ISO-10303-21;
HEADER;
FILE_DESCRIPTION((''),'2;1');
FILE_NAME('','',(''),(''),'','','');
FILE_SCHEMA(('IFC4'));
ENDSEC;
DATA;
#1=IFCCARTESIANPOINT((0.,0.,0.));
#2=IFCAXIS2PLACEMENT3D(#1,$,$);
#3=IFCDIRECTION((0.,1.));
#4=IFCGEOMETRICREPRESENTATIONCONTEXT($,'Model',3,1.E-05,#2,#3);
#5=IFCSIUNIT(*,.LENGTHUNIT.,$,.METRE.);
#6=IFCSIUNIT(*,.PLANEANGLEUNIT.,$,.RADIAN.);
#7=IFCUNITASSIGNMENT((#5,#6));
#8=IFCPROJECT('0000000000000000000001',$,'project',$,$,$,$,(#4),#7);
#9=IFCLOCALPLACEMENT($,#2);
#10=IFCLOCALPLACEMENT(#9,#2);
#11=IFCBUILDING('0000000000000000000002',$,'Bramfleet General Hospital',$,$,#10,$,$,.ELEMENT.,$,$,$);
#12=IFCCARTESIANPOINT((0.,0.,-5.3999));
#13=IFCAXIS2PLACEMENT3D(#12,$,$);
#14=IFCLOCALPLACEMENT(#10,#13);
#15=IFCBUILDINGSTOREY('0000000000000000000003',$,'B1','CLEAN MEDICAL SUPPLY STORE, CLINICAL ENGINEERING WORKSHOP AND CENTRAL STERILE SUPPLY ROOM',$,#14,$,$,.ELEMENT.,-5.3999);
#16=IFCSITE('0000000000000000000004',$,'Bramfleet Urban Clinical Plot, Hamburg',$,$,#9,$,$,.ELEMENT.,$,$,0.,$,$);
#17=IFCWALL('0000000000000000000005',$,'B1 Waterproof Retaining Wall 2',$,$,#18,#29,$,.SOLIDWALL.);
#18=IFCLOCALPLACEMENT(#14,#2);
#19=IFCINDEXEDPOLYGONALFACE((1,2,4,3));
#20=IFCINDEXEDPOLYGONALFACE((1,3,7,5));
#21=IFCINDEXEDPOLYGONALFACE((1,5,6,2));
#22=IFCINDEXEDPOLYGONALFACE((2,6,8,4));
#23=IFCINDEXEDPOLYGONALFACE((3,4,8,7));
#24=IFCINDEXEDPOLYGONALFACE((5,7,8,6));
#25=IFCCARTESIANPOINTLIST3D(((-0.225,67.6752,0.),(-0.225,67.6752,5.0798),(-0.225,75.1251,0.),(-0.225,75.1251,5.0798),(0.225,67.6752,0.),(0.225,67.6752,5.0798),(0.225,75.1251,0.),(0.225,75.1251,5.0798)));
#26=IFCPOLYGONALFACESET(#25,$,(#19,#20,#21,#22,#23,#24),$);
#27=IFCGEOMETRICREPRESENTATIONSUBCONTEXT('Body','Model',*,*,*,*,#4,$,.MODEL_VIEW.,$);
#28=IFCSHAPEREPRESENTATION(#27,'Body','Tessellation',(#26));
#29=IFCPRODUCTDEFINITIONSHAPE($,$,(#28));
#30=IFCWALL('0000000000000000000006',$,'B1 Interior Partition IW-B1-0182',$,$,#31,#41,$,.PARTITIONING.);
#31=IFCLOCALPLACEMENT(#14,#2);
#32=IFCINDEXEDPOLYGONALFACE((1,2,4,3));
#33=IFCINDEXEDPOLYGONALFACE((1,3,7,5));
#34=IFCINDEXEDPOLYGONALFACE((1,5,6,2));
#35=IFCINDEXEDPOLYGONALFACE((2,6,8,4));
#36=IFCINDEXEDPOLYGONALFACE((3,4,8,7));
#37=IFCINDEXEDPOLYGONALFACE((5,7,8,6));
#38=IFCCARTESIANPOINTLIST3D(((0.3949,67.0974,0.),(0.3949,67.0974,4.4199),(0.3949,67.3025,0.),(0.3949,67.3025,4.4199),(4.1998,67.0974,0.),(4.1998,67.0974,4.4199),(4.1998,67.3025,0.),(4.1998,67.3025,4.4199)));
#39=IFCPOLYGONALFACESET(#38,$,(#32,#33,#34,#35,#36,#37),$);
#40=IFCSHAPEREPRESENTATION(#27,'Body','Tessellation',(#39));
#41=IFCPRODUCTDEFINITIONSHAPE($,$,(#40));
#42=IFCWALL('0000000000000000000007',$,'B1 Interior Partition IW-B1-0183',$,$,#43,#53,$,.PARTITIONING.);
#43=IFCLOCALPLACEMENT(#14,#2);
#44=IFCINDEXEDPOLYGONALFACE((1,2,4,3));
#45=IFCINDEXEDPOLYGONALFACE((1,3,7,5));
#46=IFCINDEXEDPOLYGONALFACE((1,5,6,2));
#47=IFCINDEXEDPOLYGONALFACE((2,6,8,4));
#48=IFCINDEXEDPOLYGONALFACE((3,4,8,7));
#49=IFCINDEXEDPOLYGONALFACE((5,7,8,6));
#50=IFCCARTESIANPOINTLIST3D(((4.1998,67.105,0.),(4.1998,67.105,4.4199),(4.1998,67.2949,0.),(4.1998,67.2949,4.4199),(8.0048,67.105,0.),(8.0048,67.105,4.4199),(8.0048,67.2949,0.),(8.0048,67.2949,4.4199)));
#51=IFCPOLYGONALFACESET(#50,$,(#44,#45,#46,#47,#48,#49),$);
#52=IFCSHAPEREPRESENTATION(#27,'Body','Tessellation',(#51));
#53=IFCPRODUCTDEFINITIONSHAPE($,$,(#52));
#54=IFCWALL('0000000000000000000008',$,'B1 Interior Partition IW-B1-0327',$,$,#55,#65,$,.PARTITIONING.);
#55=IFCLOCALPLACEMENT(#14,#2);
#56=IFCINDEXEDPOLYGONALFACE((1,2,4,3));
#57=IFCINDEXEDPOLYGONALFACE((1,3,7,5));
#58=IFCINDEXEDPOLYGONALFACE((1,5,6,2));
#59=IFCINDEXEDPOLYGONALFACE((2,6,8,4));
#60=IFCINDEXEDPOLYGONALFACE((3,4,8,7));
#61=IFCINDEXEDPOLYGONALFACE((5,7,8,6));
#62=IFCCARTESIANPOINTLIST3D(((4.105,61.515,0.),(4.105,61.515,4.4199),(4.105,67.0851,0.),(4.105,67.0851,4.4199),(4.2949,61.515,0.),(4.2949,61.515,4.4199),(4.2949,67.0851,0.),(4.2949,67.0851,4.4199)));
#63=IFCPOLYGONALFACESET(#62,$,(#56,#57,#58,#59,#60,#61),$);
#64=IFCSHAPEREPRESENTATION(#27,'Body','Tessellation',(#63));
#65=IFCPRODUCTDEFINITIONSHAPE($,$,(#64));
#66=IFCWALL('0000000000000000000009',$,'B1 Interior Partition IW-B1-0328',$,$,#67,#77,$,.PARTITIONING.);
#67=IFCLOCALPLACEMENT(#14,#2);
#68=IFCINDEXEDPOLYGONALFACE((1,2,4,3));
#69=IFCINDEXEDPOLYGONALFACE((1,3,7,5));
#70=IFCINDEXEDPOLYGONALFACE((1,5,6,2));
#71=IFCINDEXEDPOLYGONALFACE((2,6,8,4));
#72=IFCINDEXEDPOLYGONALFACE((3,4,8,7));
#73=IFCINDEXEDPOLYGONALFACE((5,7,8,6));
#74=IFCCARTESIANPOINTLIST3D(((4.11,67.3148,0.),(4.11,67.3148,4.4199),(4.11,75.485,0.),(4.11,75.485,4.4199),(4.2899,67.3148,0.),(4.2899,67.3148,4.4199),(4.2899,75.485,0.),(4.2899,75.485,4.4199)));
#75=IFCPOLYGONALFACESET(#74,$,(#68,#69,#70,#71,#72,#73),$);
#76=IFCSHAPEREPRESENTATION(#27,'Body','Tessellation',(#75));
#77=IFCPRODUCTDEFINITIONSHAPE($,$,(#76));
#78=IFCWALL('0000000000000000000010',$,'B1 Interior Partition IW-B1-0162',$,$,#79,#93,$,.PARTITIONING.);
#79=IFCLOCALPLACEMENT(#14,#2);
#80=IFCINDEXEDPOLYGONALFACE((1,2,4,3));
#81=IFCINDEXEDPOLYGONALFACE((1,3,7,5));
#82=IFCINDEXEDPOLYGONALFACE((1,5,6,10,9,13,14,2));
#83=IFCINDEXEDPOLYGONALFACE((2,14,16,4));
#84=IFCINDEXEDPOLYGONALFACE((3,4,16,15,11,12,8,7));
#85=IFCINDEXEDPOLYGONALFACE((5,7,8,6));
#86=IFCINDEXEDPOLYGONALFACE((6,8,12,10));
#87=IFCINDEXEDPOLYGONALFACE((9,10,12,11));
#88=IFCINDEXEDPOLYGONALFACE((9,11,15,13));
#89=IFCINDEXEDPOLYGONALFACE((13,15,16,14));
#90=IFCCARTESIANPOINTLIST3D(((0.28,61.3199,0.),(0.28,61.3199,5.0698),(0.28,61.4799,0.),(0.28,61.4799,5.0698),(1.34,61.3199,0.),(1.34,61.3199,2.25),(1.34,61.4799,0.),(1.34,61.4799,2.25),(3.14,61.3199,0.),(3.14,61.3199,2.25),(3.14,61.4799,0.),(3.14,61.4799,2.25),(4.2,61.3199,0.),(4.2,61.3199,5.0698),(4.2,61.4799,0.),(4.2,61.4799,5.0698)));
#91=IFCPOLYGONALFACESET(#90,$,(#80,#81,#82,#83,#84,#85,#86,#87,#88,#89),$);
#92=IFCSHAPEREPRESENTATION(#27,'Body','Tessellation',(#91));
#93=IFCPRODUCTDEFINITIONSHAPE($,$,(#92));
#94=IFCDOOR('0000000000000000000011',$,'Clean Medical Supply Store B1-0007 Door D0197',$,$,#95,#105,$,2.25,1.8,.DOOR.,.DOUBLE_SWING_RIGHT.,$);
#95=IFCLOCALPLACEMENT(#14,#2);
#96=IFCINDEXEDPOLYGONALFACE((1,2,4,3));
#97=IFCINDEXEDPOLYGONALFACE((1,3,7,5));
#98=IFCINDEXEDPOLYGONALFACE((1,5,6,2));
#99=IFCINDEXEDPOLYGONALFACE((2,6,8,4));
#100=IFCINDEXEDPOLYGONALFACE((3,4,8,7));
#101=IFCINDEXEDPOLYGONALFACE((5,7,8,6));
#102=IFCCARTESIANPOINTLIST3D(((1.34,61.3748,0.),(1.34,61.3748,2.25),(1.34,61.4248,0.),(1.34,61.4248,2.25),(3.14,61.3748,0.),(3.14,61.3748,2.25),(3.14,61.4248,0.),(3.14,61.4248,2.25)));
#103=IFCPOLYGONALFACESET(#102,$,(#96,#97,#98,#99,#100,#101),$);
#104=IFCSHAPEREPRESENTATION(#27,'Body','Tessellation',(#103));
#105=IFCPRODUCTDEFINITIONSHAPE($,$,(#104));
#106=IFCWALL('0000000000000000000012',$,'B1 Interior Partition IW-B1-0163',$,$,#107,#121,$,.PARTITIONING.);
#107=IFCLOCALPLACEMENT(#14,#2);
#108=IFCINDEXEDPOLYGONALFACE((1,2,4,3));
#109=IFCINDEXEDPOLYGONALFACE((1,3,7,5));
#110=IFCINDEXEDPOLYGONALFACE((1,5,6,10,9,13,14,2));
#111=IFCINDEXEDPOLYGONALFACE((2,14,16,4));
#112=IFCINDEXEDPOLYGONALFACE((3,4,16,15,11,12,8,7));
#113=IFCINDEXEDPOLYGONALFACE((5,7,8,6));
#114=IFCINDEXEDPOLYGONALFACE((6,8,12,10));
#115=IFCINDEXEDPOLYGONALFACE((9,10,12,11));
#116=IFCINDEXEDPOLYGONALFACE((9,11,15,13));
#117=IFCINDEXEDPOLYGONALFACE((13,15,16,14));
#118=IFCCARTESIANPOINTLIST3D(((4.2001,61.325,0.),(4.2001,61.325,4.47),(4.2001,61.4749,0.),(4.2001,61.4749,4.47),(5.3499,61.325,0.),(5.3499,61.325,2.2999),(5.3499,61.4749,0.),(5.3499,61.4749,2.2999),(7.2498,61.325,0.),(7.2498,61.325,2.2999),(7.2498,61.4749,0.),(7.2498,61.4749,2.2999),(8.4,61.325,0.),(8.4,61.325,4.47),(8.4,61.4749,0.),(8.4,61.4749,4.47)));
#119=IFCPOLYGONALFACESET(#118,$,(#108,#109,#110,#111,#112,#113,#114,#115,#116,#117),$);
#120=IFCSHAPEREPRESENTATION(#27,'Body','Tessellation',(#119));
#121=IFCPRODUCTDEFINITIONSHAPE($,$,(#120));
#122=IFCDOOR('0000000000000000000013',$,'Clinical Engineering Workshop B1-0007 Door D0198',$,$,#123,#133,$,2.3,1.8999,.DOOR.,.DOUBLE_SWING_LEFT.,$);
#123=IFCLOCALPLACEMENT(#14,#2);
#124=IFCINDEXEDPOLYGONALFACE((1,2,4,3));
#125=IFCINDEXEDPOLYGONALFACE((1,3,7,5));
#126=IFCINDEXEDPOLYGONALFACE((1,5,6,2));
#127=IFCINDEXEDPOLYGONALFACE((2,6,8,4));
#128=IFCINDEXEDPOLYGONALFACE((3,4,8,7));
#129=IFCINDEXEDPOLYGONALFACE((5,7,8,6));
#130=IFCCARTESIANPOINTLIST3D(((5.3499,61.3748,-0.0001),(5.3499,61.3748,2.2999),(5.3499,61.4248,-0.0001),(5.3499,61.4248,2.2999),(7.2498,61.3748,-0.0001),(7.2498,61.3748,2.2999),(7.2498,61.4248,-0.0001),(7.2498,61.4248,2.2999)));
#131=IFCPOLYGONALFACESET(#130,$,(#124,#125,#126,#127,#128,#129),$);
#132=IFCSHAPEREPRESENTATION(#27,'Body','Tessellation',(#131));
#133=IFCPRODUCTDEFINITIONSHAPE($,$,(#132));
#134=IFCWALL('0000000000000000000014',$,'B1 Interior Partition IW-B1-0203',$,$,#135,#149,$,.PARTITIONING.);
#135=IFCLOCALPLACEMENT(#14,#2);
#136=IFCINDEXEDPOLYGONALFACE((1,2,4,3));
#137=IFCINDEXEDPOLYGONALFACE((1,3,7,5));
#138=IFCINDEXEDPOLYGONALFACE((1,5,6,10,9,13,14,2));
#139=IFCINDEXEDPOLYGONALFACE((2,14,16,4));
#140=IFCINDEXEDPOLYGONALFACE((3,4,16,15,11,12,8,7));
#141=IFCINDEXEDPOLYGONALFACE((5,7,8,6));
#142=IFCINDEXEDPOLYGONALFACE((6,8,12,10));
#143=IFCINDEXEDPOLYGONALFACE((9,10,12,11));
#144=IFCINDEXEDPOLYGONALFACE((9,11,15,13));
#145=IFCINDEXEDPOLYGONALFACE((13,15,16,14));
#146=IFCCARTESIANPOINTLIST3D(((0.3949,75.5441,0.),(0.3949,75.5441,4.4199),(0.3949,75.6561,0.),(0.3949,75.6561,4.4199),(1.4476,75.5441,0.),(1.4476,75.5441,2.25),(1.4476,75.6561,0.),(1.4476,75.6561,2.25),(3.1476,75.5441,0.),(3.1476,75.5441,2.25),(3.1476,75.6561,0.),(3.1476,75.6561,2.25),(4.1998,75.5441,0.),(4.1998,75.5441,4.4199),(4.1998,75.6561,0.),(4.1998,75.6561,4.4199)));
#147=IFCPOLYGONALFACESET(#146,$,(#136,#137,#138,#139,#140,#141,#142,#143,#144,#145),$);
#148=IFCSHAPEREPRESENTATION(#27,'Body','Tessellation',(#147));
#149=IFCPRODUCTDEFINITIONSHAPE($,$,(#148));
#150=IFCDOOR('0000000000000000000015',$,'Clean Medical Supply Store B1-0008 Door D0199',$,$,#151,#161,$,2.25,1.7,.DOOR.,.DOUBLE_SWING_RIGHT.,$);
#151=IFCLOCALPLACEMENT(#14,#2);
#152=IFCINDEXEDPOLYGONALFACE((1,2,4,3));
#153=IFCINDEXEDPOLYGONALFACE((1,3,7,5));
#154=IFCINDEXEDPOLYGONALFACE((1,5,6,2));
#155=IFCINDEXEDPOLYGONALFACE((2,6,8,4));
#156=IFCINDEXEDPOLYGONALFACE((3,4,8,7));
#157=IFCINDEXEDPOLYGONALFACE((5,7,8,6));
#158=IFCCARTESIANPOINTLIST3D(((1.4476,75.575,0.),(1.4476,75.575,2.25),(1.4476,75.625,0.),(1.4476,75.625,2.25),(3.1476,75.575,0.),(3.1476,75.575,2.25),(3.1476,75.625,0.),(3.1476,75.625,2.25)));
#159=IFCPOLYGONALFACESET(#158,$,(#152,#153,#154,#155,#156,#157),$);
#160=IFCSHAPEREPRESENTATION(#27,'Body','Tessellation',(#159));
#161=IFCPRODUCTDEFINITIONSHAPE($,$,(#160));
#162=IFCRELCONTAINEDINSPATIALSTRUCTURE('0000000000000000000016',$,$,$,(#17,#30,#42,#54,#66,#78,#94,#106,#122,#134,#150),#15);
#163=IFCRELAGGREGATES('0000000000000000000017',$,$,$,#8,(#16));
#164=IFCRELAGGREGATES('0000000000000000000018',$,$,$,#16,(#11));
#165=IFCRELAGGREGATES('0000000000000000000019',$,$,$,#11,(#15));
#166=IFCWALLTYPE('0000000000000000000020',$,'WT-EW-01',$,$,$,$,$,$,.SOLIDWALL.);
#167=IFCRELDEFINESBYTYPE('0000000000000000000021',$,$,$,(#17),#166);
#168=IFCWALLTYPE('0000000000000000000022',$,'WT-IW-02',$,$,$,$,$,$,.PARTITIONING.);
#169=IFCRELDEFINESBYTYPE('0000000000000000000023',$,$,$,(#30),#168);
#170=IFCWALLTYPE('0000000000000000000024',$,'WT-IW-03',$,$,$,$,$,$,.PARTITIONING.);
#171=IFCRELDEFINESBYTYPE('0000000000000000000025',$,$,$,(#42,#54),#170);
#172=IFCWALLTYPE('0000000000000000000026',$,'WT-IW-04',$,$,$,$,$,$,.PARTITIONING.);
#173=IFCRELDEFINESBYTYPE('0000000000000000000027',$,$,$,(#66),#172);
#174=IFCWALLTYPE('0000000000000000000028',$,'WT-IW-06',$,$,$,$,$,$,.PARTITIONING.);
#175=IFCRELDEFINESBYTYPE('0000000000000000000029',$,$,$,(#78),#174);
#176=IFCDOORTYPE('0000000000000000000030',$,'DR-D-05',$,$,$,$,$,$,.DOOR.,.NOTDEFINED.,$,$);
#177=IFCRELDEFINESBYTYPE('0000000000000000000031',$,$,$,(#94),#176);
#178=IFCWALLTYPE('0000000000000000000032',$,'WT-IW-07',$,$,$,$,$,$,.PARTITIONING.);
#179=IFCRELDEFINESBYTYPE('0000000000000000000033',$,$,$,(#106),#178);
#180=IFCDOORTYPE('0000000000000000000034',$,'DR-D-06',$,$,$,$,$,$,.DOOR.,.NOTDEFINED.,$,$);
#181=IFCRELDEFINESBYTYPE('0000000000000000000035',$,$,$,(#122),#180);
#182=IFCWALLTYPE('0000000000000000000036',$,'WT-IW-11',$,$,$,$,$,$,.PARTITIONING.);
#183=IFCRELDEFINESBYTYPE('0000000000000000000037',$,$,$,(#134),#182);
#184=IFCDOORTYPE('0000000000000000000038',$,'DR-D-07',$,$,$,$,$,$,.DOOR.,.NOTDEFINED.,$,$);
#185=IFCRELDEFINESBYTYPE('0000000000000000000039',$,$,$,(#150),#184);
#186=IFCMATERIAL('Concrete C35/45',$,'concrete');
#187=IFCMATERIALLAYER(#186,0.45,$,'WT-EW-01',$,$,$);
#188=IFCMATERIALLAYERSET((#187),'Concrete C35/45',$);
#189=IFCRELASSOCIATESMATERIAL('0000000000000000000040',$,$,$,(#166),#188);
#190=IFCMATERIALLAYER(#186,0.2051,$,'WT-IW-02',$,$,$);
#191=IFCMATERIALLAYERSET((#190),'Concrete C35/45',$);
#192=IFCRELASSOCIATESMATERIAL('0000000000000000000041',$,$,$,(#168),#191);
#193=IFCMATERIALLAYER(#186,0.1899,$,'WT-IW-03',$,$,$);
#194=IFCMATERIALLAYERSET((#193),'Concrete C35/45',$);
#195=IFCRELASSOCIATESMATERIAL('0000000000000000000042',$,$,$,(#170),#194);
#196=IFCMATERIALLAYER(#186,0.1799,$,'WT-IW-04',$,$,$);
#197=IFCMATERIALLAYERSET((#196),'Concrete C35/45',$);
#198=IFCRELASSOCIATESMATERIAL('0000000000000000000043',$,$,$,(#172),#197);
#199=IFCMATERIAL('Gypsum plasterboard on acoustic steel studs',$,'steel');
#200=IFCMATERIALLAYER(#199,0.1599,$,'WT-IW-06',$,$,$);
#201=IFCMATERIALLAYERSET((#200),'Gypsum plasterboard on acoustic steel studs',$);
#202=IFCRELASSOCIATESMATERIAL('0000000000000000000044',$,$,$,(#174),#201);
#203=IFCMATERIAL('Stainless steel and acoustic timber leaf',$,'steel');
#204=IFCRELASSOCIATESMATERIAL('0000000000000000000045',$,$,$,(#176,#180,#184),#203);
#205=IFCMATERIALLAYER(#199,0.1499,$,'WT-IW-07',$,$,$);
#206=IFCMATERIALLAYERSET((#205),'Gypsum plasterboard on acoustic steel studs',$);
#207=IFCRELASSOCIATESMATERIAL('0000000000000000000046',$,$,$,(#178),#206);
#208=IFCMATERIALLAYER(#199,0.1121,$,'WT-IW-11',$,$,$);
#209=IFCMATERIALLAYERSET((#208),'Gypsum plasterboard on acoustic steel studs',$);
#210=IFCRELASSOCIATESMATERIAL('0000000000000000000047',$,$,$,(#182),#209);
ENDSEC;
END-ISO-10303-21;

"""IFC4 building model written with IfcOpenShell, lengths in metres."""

from ifc_helpers import new_model, si_unit, direction, frame, frame_2d, origin, place, context, subcontext, project, spatial, rectangle, extrude, material, layer, layer_set, type_object, element, fill, save


model = new_model("IFC4")

# Units and contexts
model_context = context("Model", 3, precision=1e-05, world=origin(), true_north=direction((0.0, 1.0)))
body_context = subcontext(model_context, "Body", "Model", "MODEL_VIEW")
ifc_project = project(units=[si_unit("LENGTHUNIT", "METRE"), si_unit("PLANEANGLEUNIT", "RADIAN")], contexts=[model_context])

# Site, building, storey
site_placement = place(None, origin())
site = spatial("IfcSite", under=ifc_project, at=site_placement, Name="Bramfleet Urban Clinical Plot, Hamburg", CompositionType="ELEMENT", RefElevation=0.0)
building_placement = place(site_placement, origin())
building = spatial("IfcBuilding", under=site, at=building_placement, Name="Bramfleet General Hospital", CompositionType="ELEMENT")
storey_placement = place(building_placement, frame((0.0, 0.0, -5.3999)))
storey = spatial("IfcBuildingStorey", under=building, at=storey_placement, Name="B1", Description="CLEAN MEDICAL SUPPLY STORE, CLINICAL ENGINEERING WORKSHOP AND CENTRAL STERILE SUPPLY ROOM", CompositionType="ELEMENT", Elevation=-5.3999)

# Shared definitions
ifc_material_1 = material(Name="Concrete C35/45", Category="concrete")

# Walls
ifc_layer_1 = layer(ifc_material_1, 0.45, Name="WT-EW-01")
ifc_layer_set_1 = layer_set([ifc_layer_1], Name="Concrete C35/45")
wall_type_1 = type_object("IfcWallType", Name="WT-EW-01", PredefinedType="SOLIDWALL", material=ifc_layer_set_1)
wall_1_placement = place(storey_placement, frame((0.0, 67.675, 0.0), z_axis=(0.0, 0.0, 1.0), x_axis=(0.0, 1.0, 0.0)))
element("IfcWall", 1, at=wall_1_placement, inside=storey, type_object=wall_type_1, Name="B1 Waterproof Retaining Wall 2", PredefinedType="SOLIDWALL", context=body_context, shape_type="SweptSolid", body=[
    extrude(rectangle(XDim=7.45, YDim=0.45, at=frame_2d((3.7251, 0.0))), origin(), (0.0, 0.0, 1.0), 5.0798),
])
ifc_layer_2 = layer(ifc_material_1, 0.2051, Name="WT-IW-02")
ifc_layer_set_2 = layer_set([ifc_layer_2], Name="Concrete C35/45")
wall_type_2 = type_object("IfcWallType", Name="WT-IW-02", PredefinedType="PARTITIONING", material=ifc_layer_set_2)
wall_2_placement = place(storey_placement, frame((0.395, 67.2, 0.0), z_axis=(0.0, 0.0, 1.0), x_axis=(1.0, 0.0, 0.0)))
element("IfcWall", 2, at=wall_2_placement, inside=storey, type_object=wall_type_2, Name="B1 Interior Partition IW-B1-0182", PredefinedType="PARTITIONING", context=body_context, shape_type="SweptSolid", body=[
    extrude(rectangle(XDim=3.8049, YDim=0.2051, at=frame_2d((1.9023, 0.0))), origin(), (0.0, 0.0, 1.0), 4.4199),
])
ifc_layer_3 = layer(ifc_material_1, 0.1899, Name="WT-IW-03")
ifc_layer_set_3 = layer_set([ifc_layer_3], Name="Concrete C35/45")
wall_type_3 = type_object("IfcWallType", Name="WT-IW-03", PredefinedType="PARTITIONING", material=ifc_layer_set_3)
wall_3_placement = place(storey_placement, frame((4.2, 67.2, 0.0), z_axis=(0.0, 0.0, 1.0), x_axis=(1.0, 0.0, 0.0)))
element("IfcWall", 3, at=wall_3_placement, inside=storey, type_object=wall_type_3, Name="B1 Interior Partition IW-B1-0183", PredefinedType="PARTITIONING", context=body_context, shape_type="SweptSolid", body=[
    extrude(rectangle(XDim=3.8049, YDim=0.1899, at=frame_2d((1.9023, 0.0))), origin(), (0.0, 0.0, 1.0), 4.4199),
])
wall_4_placement = place(storey_placement, frame((4.2, 61.5149, 0.0), z_axis=(0.0, 0.0, 1.0), x_axis=(0.0, 1.0, 0.0)))
element("IfcWall", 4, at=wall_4_placement, inside=storey, type_object=wall_type_3, Name="B1 Interior Partition IW-B1-0327", PredefinedType="PARTITIONING", context=body_context, shape_type="SweptSolid", body=[
    extrude(rectangle(XDim=5.5701, YDim=0.1899, at=frame_2d((2.7852, 0.0))), origin(), (0.0, 0.0, 1.0), 4.4199),
])
ifc_layer_4 = layer(ifc_material_1, 0.1799, Name="WT-IW-04")
ifc_layer_set_4 = layer_set([ifc_layer_4], Name="Concrete C35/45")
wall_type_4 = type_object("IfcWallType", Name="WT-IW-04", PredefinedType="PARTITIONING", material=ifc_layer_set_4)
wall_5_placement = place(storey_placement, frame((4.2, 67.3149, 0.0), z_axis=(0.0, 0.0, 1.0), x_axis=(0.0, 1.0, 0.0)))
element("IfcWall", 5, at=wall_5_placement, inside=storey, type_object=wall_type_4, Name="B1 Interior Partition IW-B1-0328", PredefinedType="PARTITIONING", context=body_context, shape_type="SweptSolid", body=[
    extrude(rectangle(XDim=8.1702, YDim=0.1799, at=frame_2d((4.085, 0.0))), origin(), (0.0, 0.0, 1.0), 4.4199),
])

# Walls, openings, doors
ifc_material_2 = material(Name="Gypsum plasterboard on acoustic steel studs", Category="steel")
ifc_layer_5 = layer(ifc_material_2, 0.1599, Name="WT-IW-06")
ifc_layer_set_5 = layer_set([ifc_layer_5], Name="Gypsum plasterboard on acoustic steel studs")
wall_type_5 = type_object("IfcWallType", Name="WT-IW-06", PredefinedType="PARTITIONING", material=ifc_layer_set_5)
wall_6_placement = place(storey_placement, frame((0.28, 61.3999, 0.0), z_axis=(0.0, 0.0, 1.0), x_axis=(1.0, 0.0, 0.0)))
wall_6 = element("IfcWall", 6, at=wall_6_placement, inside=storey, type_object=wall_type_5, Name="B1 Interior Partition IW-B1-0162", PredefinedType="PARTITIONING", context=body_context, shape_type="SweptSolid", body=[
    extrude(rectangle(XDim=3.9199, YDim=0.1599, at=frame_2d((1.96, 0.0))), origin(), (0.0, 0.0, 1.0), 5.0698),
])
opening_1_placement = place(wall_6_placement, frame((1.0601, 0.0, 0.0)))
opening_1 = element("IfcOpeningElement", 7, at=opening_1_placement, cuts=wall_6, PredefinedType="OPENING", context=body_context, shape_type="SweptSolid", body=[
    extrude(rectangle(XDim=1.8, YDim=2.25, at=frame_2d((0.8999, 1.125))), frame((0.0, 0.0898, 0.0), z_axis=(0.0, -1.0, 0.0), x_axis=(1.0, 0.0, 0.0)), (0.0, 0.0, 1.0), 0.1799),
])
ifc_material_3 = material(Name="Stainless steel and acoustic timber leaf", Category="steel")
door_type_1 = type_object("IfcDoorType", Name="DR-D-05", OperationType="NOTDEFINED", PredefinedType="DOOR", material=ifc_material_3)
door_1_placement = place(opening_1_placement, origin())
door_1 = element("IfcDoor", 8, at=door_1_placement, inside=storey, type_object=door_type_1, Name="Clean Medical Supply Store B1-0007 Door D0197", OperationType="DOUBLE_SWING_RIGHT", OverallHeight=2.25, OverallWidth=1.8, PredefinedType="DOOR", context=body_context, shape_type="SweptSolid", body=[
    extrude(rectangle(XDim=1.8, YDim=2.25, at=frame_2d((0.8999, 1.125))), frame((0.0, 0.0249, 0.0), z_axis=(0.0, -1.0, 0.0), x_axis=(1.0, 0.0, 0.0)), (0.0, 0.0, 1.0), 0.05),
])
fill(opening_1, door_1)
ifc_layer_6 = layer(ifc_material_2, 0.1499, Name="WT-IW-07")
ifc_layer_set_6 = layer_set([ifc_layer_6], Name="Gypsum plasterboard on acoustic steel studs")
wall_type_6 = type_object("IfcWallType", Name="WT-IW-07", PredefinedType="PARTITIONING", material=ifc_layer_set_6)
wall_7_placement = place(storey_placement, frame((4.2, 61.3999, 0.0), z_axis=(0.0, 0.0, 1.0), x_axis=(1.0, 0.0, 0.0)))
wall_7 = element("IfcWall", 9, at=wall_7_placement, inside=storey, type_object=wall_type_6, Name="B1 Interior Partition IW-B1-0163", PredefinedType="PARTITIONING", context=body_context, shape_type="SweptSolid", body=[
    extrude(rectangle(XDim=4.2, YDim=0.1499, at=frame_2d((2.1001, 0.0))), origin(), (0.0, 0.0, 1.0), 4.47),
])
opening_2_placement = place(wall_7_placement, frame((1.1499, 0.0, 0.0)))
opening_2 = element("IfcOpeningElement", 10, at=opening_2_placement, cuts=wall_7, PredefinedType="OPENING", context=body_context, shape_type="SweptSolid", body=[
    extrude(rectangle(XDim=1.8999, YDim=2.3, at=frame_2d((0.95, 1.1499))), frame((0.0, 0.085, 0.0), z_axis=(0.0, -1.0, 0.0), x_axis=(1.0, 0.0, 0.0)), (0.0, 0.0, 1.0), 0.1699),
])
door_type_2 = type_object("IfcDoorType", Name="DR-D-06", OperationType="NOTDEFINED", PredefinedType="DOOR", material=ifc_material_3)
door_2_placement = place(opening_2_placement, origin())
door_2 = element("IfcDoor", 11, at=door_2_placement, inside=storey, type_object=door_type_2, Name="Clinical Engineering Workshop B1-0007 Door D0198", OperationType="DOUBLE_SWING_LEFT", OverallHeight=2.3, OverallWidth=1.8999, PredefinedType="DOOR", context=body_context, shape_type="SweptSolid", body=[
    extrude(rectangle(XDim=1.8999, YDim=2.3, at=frame_2d((0.95, 1.1499))), frame((0.0, 0.0249, 0.0), z_axis=(0.0, -1.0, 0.0), x_axis=(1.0, 0.0, 0.0)), (0.0, 0.0, 1.0), 0.05),
])
fill(opening_2, door_2)
ifc_layer_7 = layer(ifc_material_2, 0.1121, Name="WT-IW-11")
ifc_layer_set_7 = layer_set([ifc_layer_7], Name="Gypsum plasterboard on acoustic steel studs")
wall_type_7 = type_object("IfcWallType", Name="WT-IW-11", PredefinedType="PARTITIONING", material=ifc_layer_set_7)
wall_8_placement = place(storey_placement, frame((0.395, 75.6001, 0.0), z_axis=(0.0, 0.0, 1.0), x_axis=(1.0, 0.0, 0.0)))
wall_8 = element("IfcWall", 12, at=wall_8_placement, inside=storey, type_object=wall_type_7, Name="B1 Interior Partition IW-B1-0203", PredefinedType="PARTITIONING", context=body_context, shape_type="SweptSolid", body=[
    extrude(rectangle(XDim=3.8049, YDim=0.1121, at=frame_2d((1.9023, 0.0))), origin(), (0.0, 0.0, 1.0), 4.4199),
])
opening_3_placement = place(wall_8_placement, frame((1.0525, 0.0, 0.0)))
opening_3 = element("IfcOpeningElement", 13, at=opening_3_placement, cuts=wall_8, PredefinedType="OPENING", context=body_context, shape_type="SweptSolid", body=[
    extrude(rectangle(XDim=1.7, YDim=2.25, at=frame_2d((0.8501, 1.125))), frame((0.0, 0.0659, 0.0), z_axis=(0.0, -1.0, 0.0), x_axis=(1.0, 0.0, 0.0)), (0.0, 0.0, 1.0), 0.1321),
])
door_type_3 = type_object("IfcDoorType", Name="DR-D-07", OperationType="NOTDEFINED", PredefinedType="DOOR", material=ifc_material_3)
door_3_placement = place(opening_3_placement, origin())
door_3 = element("IfcDoor", 14, at=door_3_placement, inside=storey, type_object=door_type_3, Name="Clean Medical Supply Store B1-0008 Door D0199", OperationType="DOUBLE_SWING_RIGHT", OverallHeight=2.25, OverallWidth=1.7, PredefinedType="DOOR", context=body_context, shape_type="SweptSolid", body=[
    extrude(rectangle(XDim=1.7, YDim=2.25, at=frame_2d((0.8501, 1.125))), frame((0.0, 0.0249, 0.0), z_axis=(0.0, -1.0, 0.0), x_axis=(1.0, 0.0, 0.0)), (0.0, 0.0, 1.0), 0.05),
])
fill(opening_3, door_3)

save(model, "model.ifc")
